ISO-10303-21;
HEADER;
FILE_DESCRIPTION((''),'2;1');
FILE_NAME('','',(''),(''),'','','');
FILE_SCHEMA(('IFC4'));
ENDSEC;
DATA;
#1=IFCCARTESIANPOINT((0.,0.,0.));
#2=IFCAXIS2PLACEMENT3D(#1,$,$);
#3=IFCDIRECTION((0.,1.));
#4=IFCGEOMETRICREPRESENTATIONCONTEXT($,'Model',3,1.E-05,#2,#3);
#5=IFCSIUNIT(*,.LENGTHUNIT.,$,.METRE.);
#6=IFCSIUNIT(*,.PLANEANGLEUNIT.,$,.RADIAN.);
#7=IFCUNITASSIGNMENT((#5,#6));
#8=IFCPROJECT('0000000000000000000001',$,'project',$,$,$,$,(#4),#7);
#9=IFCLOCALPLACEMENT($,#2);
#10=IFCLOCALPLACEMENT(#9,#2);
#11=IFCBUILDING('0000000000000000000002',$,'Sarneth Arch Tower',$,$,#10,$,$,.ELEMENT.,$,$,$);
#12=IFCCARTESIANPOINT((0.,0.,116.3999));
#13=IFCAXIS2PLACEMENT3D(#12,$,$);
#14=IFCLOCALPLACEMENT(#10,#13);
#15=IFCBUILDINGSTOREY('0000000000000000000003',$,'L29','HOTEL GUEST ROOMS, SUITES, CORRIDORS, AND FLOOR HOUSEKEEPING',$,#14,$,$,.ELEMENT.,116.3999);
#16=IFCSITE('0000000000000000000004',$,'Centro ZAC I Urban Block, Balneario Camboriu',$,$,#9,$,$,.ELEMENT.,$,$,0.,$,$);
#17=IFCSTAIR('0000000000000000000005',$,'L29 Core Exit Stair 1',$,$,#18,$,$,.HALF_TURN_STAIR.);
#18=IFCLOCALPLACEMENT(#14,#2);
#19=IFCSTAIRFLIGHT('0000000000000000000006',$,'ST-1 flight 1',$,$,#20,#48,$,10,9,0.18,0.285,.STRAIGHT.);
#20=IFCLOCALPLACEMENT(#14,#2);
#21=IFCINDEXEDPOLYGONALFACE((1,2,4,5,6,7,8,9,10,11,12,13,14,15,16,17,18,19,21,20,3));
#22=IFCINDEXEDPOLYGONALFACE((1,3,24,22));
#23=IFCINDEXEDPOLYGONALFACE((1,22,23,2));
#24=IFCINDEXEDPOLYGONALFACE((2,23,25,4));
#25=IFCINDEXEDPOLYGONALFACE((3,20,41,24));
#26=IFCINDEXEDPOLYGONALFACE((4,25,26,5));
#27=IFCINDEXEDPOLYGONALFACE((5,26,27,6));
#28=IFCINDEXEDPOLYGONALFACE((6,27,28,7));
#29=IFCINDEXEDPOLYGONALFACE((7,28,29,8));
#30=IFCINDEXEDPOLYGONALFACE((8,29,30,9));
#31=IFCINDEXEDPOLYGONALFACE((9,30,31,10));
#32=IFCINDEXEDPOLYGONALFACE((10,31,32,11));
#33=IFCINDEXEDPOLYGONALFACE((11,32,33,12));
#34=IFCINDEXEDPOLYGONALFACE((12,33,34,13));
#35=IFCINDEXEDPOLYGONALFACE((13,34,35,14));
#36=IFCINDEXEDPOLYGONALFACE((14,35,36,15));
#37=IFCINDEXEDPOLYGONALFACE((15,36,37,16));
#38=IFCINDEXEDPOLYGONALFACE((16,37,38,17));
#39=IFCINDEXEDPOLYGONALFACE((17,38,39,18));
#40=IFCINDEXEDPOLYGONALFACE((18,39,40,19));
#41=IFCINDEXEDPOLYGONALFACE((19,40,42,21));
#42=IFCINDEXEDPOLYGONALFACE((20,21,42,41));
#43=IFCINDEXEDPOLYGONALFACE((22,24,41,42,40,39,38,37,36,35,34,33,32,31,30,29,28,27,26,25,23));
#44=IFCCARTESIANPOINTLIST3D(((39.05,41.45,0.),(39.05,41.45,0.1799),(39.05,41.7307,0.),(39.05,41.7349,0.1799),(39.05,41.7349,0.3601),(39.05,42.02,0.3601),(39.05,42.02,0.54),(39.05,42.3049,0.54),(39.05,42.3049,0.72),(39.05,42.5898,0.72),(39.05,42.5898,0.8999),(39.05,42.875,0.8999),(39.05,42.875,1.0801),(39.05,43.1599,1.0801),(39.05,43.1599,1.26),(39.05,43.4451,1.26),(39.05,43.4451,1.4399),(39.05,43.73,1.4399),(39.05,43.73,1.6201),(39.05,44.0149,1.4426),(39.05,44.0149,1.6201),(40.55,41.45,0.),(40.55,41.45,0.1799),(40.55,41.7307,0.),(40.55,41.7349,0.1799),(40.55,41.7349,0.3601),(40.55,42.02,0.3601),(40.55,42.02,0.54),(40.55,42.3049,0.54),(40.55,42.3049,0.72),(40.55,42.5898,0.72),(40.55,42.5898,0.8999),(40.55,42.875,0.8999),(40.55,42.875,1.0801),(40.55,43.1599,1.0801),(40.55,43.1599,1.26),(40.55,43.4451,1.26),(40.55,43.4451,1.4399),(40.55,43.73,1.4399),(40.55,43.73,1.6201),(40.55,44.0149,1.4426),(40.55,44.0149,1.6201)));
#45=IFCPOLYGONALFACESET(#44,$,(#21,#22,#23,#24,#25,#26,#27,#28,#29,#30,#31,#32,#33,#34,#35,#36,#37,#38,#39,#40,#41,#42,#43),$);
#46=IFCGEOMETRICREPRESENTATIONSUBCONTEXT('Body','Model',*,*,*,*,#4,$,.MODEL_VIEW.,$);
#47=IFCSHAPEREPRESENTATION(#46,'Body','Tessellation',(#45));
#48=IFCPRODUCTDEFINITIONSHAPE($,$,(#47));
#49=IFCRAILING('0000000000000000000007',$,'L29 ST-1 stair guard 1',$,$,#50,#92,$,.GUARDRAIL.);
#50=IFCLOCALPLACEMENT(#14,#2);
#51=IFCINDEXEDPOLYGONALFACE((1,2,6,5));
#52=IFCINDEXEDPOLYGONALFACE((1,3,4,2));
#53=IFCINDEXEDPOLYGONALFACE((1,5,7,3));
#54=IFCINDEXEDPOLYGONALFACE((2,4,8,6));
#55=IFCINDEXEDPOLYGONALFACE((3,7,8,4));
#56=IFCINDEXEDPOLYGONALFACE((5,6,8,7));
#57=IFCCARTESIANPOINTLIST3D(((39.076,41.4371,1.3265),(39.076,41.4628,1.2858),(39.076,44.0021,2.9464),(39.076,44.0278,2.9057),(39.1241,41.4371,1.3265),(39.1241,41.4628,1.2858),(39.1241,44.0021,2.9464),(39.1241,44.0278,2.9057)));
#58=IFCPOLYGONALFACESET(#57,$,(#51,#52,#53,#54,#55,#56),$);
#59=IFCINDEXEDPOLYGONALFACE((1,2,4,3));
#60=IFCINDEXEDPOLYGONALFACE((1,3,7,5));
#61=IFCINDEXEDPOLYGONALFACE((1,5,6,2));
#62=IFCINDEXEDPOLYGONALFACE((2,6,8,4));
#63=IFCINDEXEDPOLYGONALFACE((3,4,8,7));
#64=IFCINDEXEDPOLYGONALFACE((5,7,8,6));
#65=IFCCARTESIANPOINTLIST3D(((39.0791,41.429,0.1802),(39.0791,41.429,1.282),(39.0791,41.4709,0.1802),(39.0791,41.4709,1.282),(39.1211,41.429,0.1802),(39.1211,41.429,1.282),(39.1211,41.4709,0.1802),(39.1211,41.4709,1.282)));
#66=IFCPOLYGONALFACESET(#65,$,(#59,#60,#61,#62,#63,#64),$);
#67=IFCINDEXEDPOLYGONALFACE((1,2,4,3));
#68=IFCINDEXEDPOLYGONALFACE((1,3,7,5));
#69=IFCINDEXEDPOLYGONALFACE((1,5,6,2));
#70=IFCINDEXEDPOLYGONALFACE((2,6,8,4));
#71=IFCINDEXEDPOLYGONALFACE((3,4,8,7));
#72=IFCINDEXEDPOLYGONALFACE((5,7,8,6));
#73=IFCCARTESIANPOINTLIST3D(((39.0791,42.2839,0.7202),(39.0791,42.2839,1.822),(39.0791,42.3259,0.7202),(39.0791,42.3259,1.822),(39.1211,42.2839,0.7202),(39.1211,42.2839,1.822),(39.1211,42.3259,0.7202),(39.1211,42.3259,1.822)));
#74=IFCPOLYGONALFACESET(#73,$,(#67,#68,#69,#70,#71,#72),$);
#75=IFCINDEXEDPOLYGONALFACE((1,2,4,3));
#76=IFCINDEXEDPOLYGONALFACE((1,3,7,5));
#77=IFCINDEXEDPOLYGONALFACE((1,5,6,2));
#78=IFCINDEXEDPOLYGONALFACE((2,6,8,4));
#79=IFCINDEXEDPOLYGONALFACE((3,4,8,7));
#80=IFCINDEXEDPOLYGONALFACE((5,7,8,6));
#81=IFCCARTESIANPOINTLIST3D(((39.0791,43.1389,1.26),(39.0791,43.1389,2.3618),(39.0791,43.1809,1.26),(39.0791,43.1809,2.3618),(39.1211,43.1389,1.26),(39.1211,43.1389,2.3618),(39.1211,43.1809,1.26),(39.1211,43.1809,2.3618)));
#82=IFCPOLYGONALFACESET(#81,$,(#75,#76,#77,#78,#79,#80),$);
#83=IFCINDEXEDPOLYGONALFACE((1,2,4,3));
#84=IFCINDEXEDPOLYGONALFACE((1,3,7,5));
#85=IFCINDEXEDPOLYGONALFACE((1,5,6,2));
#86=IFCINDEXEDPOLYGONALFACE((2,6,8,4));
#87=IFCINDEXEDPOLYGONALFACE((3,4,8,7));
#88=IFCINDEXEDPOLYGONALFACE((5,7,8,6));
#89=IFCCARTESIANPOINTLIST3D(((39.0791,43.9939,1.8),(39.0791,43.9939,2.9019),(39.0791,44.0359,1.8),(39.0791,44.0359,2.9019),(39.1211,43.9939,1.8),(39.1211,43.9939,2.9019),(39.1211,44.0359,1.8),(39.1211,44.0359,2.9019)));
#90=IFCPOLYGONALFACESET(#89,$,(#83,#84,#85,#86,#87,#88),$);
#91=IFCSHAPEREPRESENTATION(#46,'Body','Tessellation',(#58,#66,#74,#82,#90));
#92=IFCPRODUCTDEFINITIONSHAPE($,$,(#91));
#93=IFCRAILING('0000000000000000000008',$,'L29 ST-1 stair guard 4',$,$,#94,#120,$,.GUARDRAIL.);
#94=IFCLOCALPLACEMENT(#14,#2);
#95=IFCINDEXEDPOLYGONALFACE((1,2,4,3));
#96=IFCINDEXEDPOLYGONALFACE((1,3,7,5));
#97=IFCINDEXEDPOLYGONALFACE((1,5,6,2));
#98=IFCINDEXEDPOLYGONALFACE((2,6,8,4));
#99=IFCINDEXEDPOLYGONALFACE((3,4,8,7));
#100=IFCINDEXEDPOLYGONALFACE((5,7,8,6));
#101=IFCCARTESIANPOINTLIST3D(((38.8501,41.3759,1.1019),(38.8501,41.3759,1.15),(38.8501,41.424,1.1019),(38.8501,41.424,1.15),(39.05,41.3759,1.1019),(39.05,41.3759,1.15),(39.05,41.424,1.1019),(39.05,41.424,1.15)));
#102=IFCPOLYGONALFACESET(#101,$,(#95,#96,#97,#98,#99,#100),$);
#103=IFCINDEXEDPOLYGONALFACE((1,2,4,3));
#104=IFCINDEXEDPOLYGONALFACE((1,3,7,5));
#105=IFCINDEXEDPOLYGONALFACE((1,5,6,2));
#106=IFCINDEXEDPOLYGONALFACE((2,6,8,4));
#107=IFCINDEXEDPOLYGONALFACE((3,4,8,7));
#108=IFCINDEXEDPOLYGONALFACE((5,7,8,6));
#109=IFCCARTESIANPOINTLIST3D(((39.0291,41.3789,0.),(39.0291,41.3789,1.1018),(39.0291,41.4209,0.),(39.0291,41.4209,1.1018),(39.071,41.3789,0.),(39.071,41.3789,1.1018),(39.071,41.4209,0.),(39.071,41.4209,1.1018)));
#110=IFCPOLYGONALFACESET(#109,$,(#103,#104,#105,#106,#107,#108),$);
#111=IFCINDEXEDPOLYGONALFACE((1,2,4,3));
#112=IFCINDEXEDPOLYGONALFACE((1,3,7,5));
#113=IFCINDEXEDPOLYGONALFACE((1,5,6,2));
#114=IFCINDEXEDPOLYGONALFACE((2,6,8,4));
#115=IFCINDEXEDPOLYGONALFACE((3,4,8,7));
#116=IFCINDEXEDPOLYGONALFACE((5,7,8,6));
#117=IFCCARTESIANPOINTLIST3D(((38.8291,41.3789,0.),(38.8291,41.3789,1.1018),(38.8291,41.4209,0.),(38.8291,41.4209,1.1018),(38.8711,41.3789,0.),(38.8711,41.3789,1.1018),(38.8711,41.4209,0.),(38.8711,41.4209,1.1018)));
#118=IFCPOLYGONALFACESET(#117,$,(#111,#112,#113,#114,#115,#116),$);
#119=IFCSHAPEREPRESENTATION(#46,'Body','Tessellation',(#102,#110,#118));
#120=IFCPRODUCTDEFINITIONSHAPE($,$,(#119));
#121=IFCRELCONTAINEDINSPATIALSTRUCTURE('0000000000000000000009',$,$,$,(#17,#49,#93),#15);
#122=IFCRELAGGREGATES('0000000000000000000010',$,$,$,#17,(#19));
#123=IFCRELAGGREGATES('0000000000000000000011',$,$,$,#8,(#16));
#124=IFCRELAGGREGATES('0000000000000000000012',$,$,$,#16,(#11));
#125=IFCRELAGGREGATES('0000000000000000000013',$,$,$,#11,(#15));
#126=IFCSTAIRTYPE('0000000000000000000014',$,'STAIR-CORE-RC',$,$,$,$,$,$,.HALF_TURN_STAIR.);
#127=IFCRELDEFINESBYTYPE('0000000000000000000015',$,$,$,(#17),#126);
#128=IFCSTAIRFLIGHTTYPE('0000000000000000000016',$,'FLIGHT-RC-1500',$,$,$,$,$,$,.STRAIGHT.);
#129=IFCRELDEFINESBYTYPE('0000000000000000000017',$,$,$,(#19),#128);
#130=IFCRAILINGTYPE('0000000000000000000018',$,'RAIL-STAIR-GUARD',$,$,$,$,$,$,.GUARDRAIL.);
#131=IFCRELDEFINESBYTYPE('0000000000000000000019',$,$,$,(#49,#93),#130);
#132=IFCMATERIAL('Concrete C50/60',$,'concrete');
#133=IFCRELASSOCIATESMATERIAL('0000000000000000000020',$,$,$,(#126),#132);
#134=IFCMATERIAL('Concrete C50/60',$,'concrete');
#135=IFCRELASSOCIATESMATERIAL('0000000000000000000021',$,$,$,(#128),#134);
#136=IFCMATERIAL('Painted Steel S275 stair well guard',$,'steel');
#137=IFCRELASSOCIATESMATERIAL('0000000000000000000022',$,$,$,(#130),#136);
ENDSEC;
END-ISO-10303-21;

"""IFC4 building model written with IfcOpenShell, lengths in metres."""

from ifc_helpers import new_model, si_unit, direction, frame, origin, origin_2d, place, context, subcontext, project, spatial, polyline, rectangle, outline, extrude, material, type_object, element, aggregate, save


model = new_model("IFC4")

# Units and contexts
model_context = context("Model", 3, precision=1e-05, world=origin(), true_north=direction((0.0, 1.0)))
body_context = subcontext(model_context, "Body", "Model", "MODEL_VIEW")
ifc_project = project(units=[si_unit("LENGTHUNIT", "METRE"), si_unit("PLANEANGLEUNIT", "RADIAN")], contexts=[model_context])

# Site, building, storey
site_placement = place(None, origin())
site = spatial("IfcSite", under=ifc_project, at=site_placement, Name="Centro ZAC I Urban Block, Balneario Camboriu", CompositionType="ELEMENT", RefElevation=0.0)
building_placement = place(site_placement, origin())
building = spatial("IfcBuilding", under=site, at=building_placement, Name="Sarneth Arch Tower", CompositionType="ELEMENT")
storey_placement = place(building_placement, frame((0.0, 0.0, 116.3999)))
storey = spatial("IfcBuildingStorey", under=building, at=storey_placement, Name="L29", Description="HOTEL GUEST ROOMS, SUITES, CORRIDORS, AND FLOOR HOUSEKEEPING", CompositionType="ELEMENT", Elevation=116.3999)

# Stair, stair flight
ifc_material_1 = material(Name="Concrete C50/60", Category="concrete")
stair_type = type_object("IfcStairType", Name="STAIR-CORE-RC", PredefinedType="HALF_TURN_STAIR", material=ifc_material_1)
stair_placement = place(storey_placement, origin())
stair = element("IfcStair", 1, at=stair_placement, inside=storey, type_object=stair_type, Name="L29 Core Exit Stair 1", PredefinedType="HALF_TURN_STAIR")
ifc_material_2 = material(Name="Concrete C50/60", Category="concrete")
stair_flight_type = type_object("IfcStairFlightType", Name="FLIGHT-RC-1500", PredefinedType="STRAIGHT", material=ifc_material_2)
stair_flight_placement = place(storey_placement, frame((39.8, 41.45, 0.0), z_axis=(0.0, 0.0, 1.0), x_axis=(0.0, 1.0, 0.0)))
stair_flight = element("IfcStairFlight", 2, at=stair_flight_placement, type_object=stair_flight_type, Name="ST-1 flight 1", NumberOfRisers=10, NumberOfTreads=9, PredefinedType="STRAIGHT", RiserHeight=0.18, TreadLength=0.285, context=body_context, shape_type="SweptSolid", body=[
    extrude(outline(polyline([(0.0, 0.0), (0.0, 0.1799), (0.2849, 0.1799), (0.2849, 0.3601), (0.5701, 0.3601), (0.5701, 0.54), (0.855, 0.54), (0.855, 0.72), (1.1399, 0.72), (1.1399, 0.8999), (1.425, 0.8999), (1.425, 1.0801), (1.71, 1.0801), (1.71, 1.26), (1.9951, 1.26), (1.9951, 1.4399), (2.28, 1.4399), (2.28, 1.6201), (2.5649, 1.6201), (2.5649, 1.8), (2.5649, 1.4426), (0.2808, 0.0), (0.0, 0.0)])), frame((0.0, 0.75, 0.0), z_axis=(0.0, -1.0, 0.0), x_axis=(1.0, 0.0, 0.0)), (0.0, 0.0, 1.0), 1.5),
])
aggregate(stair, [stair_flight])

# Railings
ifc_material_3 = material(Name="Painted Steel S275 stair well guard", Category="steel")
railing_type = type_object("IfcRailingType", Name="RAIL-STAIR-GUARD", PredefinedType="GUARDRAIL", material=ifc_material_3)
railing_1_placement = place(storey_placement, frame((39.1001, 41.45, 0.1802)))
element("IfcRailing", 3, at=railing_1_placement, inside=storey, type_object=railing_type, Name="L29 ST-1 stair guard 1", PredefinedType="GUARDRAIL", context=body_context, shape_type="SweptSolid", body=[
    extrude(rectangle(XDim=0.0481, YDim=0.0481, at=origin_2d()), frame((0.0, 0.0, 1.126), z_axis=(0.0, 0.845502, 0.533972), x_axis=(-1.0, 0.0, 0.0)), (0.0, 0.0, 1.0), 3.0337),
    extrude(rectangle(XDim=0.042, YDim=0.042, at=origin_2d()), origin(), (0.0, 0.0, 1.0), 1.1018),
    extrude(rectangle(XDim=0.042, YDim=0.042, at=origin_2d()), frame((0.0, 0.855, 0.54)), (0.0, 0.0, 1.0), 1.1018),
    extrude(rectangle(XDim=0.042, YDim=0.042, at=origin_2d()), frame((0.0, 1.71, 1.0798)), (0.0, 0.0, 1.0), 1.1018),
    extrude(rectangle(XDim=0.042, YDim=0.042, at=origin_2d()), frame((0.0, 2.5649, 1.6199)), (0.0, 0.0, 1.0), 1.1018),
])
railing_2_placement = place(storey_placement, frame((39.05, 41.3999, 0.0)))
element("IfcRailing", 4, at=railing_2_placement, inside=storey, type_object=railing_type, Name="L29 ST-1 stair guard 4", PredefinedType="GUARDRAIL", context=body_context, shape_type="SweptSolid", body=[
    extrude(rectangle(XDim=0.0481, YDim=0.0481, at=origin_2d()), frame((0.0, 0.0, 1.126), z_axis=(-1.0, 0.0, 0.0), x_axis=(0.0, -1.0, 0.0)), (0.0, 0.0, 1.0), 0.2),
    extrude(rectangle(XDim=0.042, YDim=0.042, at=origin_2d()), origin(), (0.0, 0.0, 1.0), 1.1018),
    extrude(rectangle(XDim=0.042, YDim=0.042, at=origin_2d()), frame((-0.2, 0.0, 0.0)), (0.0, 0.0, 1.0), 1.1018),
])

save(model, "model.ifc")
